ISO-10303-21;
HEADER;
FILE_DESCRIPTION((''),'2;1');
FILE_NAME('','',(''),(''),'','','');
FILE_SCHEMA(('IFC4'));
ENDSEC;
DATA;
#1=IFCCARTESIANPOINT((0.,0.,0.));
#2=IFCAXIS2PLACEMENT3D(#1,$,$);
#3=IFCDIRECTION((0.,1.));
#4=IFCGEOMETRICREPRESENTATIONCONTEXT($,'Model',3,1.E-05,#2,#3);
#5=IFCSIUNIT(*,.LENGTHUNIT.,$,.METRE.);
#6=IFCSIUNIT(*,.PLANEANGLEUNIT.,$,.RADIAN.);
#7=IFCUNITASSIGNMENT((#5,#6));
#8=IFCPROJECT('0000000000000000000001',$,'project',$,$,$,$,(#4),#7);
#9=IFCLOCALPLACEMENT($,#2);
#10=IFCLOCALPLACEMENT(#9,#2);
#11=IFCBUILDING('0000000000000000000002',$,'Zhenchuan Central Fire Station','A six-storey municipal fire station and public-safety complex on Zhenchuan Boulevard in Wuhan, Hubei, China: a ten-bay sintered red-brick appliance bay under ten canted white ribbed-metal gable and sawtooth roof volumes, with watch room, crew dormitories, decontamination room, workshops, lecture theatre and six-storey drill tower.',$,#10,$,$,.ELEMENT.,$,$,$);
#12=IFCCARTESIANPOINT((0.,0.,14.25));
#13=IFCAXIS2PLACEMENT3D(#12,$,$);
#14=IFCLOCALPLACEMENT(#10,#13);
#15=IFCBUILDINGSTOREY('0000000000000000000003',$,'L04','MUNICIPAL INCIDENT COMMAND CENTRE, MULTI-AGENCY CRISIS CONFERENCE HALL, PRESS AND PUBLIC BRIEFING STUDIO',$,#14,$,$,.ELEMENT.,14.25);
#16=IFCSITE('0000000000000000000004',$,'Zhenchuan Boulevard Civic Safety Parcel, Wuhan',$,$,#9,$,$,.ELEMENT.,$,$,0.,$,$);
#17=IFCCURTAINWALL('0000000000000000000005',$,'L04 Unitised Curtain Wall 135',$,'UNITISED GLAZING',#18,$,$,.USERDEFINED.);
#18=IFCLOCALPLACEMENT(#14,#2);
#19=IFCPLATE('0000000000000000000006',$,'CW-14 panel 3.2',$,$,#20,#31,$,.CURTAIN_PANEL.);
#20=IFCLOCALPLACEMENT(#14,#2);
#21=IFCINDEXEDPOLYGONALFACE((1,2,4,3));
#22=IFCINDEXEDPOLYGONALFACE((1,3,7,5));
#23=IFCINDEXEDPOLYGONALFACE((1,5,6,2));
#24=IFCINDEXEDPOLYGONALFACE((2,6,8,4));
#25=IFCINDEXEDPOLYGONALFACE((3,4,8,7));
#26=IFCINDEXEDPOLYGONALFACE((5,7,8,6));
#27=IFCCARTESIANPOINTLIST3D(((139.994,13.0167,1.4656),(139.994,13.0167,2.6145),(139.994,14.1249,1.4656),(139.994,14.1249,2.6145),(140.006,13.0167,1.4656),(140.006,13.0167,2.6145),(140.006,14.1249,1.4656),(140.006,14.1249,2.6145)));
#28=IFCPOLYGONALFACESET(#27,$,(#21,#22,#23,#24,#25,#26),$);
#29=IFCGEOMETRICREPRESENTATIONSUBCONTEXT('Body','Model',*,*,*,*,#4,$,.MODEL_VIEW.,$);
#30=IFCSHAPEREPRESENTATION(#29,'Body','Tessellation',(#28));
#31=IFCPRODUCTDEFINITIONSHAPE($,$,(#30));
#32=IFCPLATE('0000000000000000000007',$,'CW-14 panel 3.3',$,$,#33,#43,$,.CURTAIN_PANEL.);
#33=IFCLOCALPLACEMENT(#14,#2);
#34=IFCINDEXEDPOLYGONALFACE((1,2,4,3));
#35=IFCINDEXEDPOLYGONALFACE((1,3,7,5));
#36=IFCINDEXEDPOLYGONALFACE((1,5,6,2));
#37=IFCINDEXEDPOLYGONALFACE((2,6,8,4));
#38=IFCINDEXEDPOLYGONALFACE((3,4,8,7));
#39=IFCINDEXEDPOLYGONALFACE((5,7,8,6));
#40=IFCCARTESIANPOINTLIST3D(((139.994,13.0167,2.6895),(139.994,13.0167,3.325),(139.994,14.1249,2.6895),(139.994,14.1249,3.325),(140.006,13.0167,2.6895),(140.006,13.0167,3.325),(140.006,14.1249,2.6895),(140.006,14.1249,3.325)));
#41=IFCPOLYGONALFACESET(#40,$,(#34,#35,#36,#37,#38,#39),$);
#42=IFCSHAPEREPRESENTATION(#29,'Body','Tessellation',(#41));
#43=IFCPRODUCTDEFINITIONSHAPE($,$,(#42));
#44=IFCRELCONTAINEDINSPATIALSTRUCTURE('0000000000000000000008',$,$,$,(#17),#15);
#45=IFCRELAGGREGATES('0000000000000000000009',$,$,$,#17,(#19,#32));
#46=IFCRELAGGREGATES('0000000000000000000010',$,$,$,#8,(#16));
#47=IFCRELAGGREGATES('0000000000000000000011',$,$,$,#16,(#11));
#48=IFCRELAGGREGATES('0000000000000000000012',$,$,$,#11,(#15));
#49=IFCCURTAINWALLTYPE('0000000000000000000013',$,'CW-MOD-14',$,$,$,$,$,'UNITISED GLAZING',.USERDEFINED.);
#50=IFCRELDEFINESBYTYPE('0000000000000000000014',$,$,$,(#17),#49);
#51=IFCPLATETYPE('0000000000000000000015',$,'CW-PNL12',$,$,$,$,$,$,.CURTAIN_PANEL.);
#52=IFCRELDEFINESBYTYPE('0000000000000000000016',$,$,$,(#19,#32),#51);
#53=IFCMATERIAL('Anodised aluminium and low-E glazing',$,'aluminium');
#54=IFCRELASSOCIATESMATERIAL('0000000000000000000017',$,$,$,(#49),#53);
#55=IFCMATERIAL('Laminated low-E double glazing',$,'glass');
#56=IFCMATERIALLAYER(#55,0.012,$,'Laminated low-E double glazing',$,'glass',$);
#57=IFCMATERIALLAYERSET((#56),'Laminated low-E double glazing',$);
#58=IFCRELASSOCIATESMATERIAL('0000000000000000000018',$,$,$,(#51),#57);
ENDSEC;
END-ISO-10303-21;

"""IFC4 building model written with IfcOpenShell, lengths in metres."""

from ifc_helpers import new_model, si_unit, direction, frame, origin, origin_2d, place, context, subcontext, project, spatial, rectangle, extrude, material, layer, layer_set, type_object, element, aggregate, save


model = new_model("IFC4")

# Units and contexts
model_context = context("Model", 3, precision=1e-05, world=origin(), true_north=direction((0.0, 1.0)))
body_context = subcontext(model_context, "Body", "Model", "MODEL_VIEW")
ifc_project = project(units=[si_unit("LENGTHUNIT", "METRE"), si_unit("PLANEANGLEUNIT", "RADIAN")], contexts=[model_context])

# Site, building, storey
site_placement = place(None, origin())
site = spatial("IfcSite", under=ifc_project, at=site_placement, Name="Zhenchuan Boulevard Civic Safety Parcel, Wuhan", CompositionType="ELEMENT", RefElevation=0.0)
building_placement = place(site_placement, origin())
building = spatial("IfcBuilding", under=site, at=building_placement, Name="Zhenchuan Central Fire Station", Description="A six-storey municipal fire station and public-safety complex on Zhenchuan Boulevard in Wuhan, Hubei, China: a ten-bay sintered red-brick appliance bay under ten canted white ribbed-metal gable and sawtooth roof volumes, with watch room, crew dormitories, decontamination room, workshops, lecture theatre and six-storey drill tower.", CompositionType="ELEMENT")
storey_placement = place(building_placement, frame((0.0, 0.0, 14.25)))
storey = spatial("IfcBuildingStorey", under=building, at=storey_placement, Name="L04", Description="MUNICIPAL INCIDENT COMMAND CENTRE, MULTI-AGENCY CRISIS CONFERENCE HALL, PRESS AND PUBLIC BRIEFING STUDIO", CompositionType="ELEMENT", Elevation=14.25)

# Curtain wall
ifc_material_1 = material(Name="Anodised aluminium and low-E glazing", Category="aluminium")
curtain_wall_type = type_object("IfcCurtainWallType", Name="CW-MOD-14", ElementType="UNITISED GLAZING", PredefinedType="USERDEFINED", material=ifc_material_1)
curtain_wall_1_placement = place(storey_placement, origin())
curtain_wall_1 = element("IfcCurtainWall", 1, at=curtain_wall_1_placement, inside=storey, type_object=curtain_wall_type, Name="L04 Unitised Curtain Wall 135", ObjectType="UNITISED GLAZING", PredefinedType="USERDEFINED")

# Plates
ifc_material_2 = material(Name="Laminated low-E double glazing", Category="glass")
ifc_layer = layer(ifc_material_2, 0.012, Name="Laminated low-E double glazing", Category="glass")
ifc_layer_set = layer_set([ifc_layer], Name="Laminated low-E double glazing")
plate_type = type_object("IfcPlateType", Name="CW-PNL12", PredefinedType="CURTAIN_PANEL", material=ifc_layer_set)
plate_1_placement = place(storey_placement, frame((140.0, 13.5708, 1.4656), z_axis=(0.0, 0.0, 1.0), x_axis=(0.0, 1.0, 0.0)))
plate_1 = element("IfcPlate", 2, at=plate_1_placement, type_object=plate_type, Name="CW-14 panel 3.2", PredefinedType="CURTAIN_PANEL", context=body_context, shape_type="SweptSolid", body=[
    extrude(rectangle(XDim=1.1082, YDim=0.012, at=origin_2d()), origin(), (0.0, 0.0, 1.0), 1.1489),
])
plate_2_placement = place(storey_placement, frame((140.0, 13.5708, 2.6895), z_axis=(0.0, 0.0, 1.0), x_axis=(0.0, 1.0, 0.0)))
plate_2 = element("IfcPlate", 3, at=plate_2_placement, type_object=plate_type, Name="CW-14 panel 3.3", PredefinedType="CURTAIN_PANEL", context=body_context, shape_type="SweptSolid", body=[
    extrude(rectangle(XDim=1.1082, YDim=0.012, at=origin_2d()), origin(), (0.0, 0.0, 1.0), 0.6355),
])
aggregate(curtain_wall_1, [plate_1, plate_2])

save(model, "model.ifc")
